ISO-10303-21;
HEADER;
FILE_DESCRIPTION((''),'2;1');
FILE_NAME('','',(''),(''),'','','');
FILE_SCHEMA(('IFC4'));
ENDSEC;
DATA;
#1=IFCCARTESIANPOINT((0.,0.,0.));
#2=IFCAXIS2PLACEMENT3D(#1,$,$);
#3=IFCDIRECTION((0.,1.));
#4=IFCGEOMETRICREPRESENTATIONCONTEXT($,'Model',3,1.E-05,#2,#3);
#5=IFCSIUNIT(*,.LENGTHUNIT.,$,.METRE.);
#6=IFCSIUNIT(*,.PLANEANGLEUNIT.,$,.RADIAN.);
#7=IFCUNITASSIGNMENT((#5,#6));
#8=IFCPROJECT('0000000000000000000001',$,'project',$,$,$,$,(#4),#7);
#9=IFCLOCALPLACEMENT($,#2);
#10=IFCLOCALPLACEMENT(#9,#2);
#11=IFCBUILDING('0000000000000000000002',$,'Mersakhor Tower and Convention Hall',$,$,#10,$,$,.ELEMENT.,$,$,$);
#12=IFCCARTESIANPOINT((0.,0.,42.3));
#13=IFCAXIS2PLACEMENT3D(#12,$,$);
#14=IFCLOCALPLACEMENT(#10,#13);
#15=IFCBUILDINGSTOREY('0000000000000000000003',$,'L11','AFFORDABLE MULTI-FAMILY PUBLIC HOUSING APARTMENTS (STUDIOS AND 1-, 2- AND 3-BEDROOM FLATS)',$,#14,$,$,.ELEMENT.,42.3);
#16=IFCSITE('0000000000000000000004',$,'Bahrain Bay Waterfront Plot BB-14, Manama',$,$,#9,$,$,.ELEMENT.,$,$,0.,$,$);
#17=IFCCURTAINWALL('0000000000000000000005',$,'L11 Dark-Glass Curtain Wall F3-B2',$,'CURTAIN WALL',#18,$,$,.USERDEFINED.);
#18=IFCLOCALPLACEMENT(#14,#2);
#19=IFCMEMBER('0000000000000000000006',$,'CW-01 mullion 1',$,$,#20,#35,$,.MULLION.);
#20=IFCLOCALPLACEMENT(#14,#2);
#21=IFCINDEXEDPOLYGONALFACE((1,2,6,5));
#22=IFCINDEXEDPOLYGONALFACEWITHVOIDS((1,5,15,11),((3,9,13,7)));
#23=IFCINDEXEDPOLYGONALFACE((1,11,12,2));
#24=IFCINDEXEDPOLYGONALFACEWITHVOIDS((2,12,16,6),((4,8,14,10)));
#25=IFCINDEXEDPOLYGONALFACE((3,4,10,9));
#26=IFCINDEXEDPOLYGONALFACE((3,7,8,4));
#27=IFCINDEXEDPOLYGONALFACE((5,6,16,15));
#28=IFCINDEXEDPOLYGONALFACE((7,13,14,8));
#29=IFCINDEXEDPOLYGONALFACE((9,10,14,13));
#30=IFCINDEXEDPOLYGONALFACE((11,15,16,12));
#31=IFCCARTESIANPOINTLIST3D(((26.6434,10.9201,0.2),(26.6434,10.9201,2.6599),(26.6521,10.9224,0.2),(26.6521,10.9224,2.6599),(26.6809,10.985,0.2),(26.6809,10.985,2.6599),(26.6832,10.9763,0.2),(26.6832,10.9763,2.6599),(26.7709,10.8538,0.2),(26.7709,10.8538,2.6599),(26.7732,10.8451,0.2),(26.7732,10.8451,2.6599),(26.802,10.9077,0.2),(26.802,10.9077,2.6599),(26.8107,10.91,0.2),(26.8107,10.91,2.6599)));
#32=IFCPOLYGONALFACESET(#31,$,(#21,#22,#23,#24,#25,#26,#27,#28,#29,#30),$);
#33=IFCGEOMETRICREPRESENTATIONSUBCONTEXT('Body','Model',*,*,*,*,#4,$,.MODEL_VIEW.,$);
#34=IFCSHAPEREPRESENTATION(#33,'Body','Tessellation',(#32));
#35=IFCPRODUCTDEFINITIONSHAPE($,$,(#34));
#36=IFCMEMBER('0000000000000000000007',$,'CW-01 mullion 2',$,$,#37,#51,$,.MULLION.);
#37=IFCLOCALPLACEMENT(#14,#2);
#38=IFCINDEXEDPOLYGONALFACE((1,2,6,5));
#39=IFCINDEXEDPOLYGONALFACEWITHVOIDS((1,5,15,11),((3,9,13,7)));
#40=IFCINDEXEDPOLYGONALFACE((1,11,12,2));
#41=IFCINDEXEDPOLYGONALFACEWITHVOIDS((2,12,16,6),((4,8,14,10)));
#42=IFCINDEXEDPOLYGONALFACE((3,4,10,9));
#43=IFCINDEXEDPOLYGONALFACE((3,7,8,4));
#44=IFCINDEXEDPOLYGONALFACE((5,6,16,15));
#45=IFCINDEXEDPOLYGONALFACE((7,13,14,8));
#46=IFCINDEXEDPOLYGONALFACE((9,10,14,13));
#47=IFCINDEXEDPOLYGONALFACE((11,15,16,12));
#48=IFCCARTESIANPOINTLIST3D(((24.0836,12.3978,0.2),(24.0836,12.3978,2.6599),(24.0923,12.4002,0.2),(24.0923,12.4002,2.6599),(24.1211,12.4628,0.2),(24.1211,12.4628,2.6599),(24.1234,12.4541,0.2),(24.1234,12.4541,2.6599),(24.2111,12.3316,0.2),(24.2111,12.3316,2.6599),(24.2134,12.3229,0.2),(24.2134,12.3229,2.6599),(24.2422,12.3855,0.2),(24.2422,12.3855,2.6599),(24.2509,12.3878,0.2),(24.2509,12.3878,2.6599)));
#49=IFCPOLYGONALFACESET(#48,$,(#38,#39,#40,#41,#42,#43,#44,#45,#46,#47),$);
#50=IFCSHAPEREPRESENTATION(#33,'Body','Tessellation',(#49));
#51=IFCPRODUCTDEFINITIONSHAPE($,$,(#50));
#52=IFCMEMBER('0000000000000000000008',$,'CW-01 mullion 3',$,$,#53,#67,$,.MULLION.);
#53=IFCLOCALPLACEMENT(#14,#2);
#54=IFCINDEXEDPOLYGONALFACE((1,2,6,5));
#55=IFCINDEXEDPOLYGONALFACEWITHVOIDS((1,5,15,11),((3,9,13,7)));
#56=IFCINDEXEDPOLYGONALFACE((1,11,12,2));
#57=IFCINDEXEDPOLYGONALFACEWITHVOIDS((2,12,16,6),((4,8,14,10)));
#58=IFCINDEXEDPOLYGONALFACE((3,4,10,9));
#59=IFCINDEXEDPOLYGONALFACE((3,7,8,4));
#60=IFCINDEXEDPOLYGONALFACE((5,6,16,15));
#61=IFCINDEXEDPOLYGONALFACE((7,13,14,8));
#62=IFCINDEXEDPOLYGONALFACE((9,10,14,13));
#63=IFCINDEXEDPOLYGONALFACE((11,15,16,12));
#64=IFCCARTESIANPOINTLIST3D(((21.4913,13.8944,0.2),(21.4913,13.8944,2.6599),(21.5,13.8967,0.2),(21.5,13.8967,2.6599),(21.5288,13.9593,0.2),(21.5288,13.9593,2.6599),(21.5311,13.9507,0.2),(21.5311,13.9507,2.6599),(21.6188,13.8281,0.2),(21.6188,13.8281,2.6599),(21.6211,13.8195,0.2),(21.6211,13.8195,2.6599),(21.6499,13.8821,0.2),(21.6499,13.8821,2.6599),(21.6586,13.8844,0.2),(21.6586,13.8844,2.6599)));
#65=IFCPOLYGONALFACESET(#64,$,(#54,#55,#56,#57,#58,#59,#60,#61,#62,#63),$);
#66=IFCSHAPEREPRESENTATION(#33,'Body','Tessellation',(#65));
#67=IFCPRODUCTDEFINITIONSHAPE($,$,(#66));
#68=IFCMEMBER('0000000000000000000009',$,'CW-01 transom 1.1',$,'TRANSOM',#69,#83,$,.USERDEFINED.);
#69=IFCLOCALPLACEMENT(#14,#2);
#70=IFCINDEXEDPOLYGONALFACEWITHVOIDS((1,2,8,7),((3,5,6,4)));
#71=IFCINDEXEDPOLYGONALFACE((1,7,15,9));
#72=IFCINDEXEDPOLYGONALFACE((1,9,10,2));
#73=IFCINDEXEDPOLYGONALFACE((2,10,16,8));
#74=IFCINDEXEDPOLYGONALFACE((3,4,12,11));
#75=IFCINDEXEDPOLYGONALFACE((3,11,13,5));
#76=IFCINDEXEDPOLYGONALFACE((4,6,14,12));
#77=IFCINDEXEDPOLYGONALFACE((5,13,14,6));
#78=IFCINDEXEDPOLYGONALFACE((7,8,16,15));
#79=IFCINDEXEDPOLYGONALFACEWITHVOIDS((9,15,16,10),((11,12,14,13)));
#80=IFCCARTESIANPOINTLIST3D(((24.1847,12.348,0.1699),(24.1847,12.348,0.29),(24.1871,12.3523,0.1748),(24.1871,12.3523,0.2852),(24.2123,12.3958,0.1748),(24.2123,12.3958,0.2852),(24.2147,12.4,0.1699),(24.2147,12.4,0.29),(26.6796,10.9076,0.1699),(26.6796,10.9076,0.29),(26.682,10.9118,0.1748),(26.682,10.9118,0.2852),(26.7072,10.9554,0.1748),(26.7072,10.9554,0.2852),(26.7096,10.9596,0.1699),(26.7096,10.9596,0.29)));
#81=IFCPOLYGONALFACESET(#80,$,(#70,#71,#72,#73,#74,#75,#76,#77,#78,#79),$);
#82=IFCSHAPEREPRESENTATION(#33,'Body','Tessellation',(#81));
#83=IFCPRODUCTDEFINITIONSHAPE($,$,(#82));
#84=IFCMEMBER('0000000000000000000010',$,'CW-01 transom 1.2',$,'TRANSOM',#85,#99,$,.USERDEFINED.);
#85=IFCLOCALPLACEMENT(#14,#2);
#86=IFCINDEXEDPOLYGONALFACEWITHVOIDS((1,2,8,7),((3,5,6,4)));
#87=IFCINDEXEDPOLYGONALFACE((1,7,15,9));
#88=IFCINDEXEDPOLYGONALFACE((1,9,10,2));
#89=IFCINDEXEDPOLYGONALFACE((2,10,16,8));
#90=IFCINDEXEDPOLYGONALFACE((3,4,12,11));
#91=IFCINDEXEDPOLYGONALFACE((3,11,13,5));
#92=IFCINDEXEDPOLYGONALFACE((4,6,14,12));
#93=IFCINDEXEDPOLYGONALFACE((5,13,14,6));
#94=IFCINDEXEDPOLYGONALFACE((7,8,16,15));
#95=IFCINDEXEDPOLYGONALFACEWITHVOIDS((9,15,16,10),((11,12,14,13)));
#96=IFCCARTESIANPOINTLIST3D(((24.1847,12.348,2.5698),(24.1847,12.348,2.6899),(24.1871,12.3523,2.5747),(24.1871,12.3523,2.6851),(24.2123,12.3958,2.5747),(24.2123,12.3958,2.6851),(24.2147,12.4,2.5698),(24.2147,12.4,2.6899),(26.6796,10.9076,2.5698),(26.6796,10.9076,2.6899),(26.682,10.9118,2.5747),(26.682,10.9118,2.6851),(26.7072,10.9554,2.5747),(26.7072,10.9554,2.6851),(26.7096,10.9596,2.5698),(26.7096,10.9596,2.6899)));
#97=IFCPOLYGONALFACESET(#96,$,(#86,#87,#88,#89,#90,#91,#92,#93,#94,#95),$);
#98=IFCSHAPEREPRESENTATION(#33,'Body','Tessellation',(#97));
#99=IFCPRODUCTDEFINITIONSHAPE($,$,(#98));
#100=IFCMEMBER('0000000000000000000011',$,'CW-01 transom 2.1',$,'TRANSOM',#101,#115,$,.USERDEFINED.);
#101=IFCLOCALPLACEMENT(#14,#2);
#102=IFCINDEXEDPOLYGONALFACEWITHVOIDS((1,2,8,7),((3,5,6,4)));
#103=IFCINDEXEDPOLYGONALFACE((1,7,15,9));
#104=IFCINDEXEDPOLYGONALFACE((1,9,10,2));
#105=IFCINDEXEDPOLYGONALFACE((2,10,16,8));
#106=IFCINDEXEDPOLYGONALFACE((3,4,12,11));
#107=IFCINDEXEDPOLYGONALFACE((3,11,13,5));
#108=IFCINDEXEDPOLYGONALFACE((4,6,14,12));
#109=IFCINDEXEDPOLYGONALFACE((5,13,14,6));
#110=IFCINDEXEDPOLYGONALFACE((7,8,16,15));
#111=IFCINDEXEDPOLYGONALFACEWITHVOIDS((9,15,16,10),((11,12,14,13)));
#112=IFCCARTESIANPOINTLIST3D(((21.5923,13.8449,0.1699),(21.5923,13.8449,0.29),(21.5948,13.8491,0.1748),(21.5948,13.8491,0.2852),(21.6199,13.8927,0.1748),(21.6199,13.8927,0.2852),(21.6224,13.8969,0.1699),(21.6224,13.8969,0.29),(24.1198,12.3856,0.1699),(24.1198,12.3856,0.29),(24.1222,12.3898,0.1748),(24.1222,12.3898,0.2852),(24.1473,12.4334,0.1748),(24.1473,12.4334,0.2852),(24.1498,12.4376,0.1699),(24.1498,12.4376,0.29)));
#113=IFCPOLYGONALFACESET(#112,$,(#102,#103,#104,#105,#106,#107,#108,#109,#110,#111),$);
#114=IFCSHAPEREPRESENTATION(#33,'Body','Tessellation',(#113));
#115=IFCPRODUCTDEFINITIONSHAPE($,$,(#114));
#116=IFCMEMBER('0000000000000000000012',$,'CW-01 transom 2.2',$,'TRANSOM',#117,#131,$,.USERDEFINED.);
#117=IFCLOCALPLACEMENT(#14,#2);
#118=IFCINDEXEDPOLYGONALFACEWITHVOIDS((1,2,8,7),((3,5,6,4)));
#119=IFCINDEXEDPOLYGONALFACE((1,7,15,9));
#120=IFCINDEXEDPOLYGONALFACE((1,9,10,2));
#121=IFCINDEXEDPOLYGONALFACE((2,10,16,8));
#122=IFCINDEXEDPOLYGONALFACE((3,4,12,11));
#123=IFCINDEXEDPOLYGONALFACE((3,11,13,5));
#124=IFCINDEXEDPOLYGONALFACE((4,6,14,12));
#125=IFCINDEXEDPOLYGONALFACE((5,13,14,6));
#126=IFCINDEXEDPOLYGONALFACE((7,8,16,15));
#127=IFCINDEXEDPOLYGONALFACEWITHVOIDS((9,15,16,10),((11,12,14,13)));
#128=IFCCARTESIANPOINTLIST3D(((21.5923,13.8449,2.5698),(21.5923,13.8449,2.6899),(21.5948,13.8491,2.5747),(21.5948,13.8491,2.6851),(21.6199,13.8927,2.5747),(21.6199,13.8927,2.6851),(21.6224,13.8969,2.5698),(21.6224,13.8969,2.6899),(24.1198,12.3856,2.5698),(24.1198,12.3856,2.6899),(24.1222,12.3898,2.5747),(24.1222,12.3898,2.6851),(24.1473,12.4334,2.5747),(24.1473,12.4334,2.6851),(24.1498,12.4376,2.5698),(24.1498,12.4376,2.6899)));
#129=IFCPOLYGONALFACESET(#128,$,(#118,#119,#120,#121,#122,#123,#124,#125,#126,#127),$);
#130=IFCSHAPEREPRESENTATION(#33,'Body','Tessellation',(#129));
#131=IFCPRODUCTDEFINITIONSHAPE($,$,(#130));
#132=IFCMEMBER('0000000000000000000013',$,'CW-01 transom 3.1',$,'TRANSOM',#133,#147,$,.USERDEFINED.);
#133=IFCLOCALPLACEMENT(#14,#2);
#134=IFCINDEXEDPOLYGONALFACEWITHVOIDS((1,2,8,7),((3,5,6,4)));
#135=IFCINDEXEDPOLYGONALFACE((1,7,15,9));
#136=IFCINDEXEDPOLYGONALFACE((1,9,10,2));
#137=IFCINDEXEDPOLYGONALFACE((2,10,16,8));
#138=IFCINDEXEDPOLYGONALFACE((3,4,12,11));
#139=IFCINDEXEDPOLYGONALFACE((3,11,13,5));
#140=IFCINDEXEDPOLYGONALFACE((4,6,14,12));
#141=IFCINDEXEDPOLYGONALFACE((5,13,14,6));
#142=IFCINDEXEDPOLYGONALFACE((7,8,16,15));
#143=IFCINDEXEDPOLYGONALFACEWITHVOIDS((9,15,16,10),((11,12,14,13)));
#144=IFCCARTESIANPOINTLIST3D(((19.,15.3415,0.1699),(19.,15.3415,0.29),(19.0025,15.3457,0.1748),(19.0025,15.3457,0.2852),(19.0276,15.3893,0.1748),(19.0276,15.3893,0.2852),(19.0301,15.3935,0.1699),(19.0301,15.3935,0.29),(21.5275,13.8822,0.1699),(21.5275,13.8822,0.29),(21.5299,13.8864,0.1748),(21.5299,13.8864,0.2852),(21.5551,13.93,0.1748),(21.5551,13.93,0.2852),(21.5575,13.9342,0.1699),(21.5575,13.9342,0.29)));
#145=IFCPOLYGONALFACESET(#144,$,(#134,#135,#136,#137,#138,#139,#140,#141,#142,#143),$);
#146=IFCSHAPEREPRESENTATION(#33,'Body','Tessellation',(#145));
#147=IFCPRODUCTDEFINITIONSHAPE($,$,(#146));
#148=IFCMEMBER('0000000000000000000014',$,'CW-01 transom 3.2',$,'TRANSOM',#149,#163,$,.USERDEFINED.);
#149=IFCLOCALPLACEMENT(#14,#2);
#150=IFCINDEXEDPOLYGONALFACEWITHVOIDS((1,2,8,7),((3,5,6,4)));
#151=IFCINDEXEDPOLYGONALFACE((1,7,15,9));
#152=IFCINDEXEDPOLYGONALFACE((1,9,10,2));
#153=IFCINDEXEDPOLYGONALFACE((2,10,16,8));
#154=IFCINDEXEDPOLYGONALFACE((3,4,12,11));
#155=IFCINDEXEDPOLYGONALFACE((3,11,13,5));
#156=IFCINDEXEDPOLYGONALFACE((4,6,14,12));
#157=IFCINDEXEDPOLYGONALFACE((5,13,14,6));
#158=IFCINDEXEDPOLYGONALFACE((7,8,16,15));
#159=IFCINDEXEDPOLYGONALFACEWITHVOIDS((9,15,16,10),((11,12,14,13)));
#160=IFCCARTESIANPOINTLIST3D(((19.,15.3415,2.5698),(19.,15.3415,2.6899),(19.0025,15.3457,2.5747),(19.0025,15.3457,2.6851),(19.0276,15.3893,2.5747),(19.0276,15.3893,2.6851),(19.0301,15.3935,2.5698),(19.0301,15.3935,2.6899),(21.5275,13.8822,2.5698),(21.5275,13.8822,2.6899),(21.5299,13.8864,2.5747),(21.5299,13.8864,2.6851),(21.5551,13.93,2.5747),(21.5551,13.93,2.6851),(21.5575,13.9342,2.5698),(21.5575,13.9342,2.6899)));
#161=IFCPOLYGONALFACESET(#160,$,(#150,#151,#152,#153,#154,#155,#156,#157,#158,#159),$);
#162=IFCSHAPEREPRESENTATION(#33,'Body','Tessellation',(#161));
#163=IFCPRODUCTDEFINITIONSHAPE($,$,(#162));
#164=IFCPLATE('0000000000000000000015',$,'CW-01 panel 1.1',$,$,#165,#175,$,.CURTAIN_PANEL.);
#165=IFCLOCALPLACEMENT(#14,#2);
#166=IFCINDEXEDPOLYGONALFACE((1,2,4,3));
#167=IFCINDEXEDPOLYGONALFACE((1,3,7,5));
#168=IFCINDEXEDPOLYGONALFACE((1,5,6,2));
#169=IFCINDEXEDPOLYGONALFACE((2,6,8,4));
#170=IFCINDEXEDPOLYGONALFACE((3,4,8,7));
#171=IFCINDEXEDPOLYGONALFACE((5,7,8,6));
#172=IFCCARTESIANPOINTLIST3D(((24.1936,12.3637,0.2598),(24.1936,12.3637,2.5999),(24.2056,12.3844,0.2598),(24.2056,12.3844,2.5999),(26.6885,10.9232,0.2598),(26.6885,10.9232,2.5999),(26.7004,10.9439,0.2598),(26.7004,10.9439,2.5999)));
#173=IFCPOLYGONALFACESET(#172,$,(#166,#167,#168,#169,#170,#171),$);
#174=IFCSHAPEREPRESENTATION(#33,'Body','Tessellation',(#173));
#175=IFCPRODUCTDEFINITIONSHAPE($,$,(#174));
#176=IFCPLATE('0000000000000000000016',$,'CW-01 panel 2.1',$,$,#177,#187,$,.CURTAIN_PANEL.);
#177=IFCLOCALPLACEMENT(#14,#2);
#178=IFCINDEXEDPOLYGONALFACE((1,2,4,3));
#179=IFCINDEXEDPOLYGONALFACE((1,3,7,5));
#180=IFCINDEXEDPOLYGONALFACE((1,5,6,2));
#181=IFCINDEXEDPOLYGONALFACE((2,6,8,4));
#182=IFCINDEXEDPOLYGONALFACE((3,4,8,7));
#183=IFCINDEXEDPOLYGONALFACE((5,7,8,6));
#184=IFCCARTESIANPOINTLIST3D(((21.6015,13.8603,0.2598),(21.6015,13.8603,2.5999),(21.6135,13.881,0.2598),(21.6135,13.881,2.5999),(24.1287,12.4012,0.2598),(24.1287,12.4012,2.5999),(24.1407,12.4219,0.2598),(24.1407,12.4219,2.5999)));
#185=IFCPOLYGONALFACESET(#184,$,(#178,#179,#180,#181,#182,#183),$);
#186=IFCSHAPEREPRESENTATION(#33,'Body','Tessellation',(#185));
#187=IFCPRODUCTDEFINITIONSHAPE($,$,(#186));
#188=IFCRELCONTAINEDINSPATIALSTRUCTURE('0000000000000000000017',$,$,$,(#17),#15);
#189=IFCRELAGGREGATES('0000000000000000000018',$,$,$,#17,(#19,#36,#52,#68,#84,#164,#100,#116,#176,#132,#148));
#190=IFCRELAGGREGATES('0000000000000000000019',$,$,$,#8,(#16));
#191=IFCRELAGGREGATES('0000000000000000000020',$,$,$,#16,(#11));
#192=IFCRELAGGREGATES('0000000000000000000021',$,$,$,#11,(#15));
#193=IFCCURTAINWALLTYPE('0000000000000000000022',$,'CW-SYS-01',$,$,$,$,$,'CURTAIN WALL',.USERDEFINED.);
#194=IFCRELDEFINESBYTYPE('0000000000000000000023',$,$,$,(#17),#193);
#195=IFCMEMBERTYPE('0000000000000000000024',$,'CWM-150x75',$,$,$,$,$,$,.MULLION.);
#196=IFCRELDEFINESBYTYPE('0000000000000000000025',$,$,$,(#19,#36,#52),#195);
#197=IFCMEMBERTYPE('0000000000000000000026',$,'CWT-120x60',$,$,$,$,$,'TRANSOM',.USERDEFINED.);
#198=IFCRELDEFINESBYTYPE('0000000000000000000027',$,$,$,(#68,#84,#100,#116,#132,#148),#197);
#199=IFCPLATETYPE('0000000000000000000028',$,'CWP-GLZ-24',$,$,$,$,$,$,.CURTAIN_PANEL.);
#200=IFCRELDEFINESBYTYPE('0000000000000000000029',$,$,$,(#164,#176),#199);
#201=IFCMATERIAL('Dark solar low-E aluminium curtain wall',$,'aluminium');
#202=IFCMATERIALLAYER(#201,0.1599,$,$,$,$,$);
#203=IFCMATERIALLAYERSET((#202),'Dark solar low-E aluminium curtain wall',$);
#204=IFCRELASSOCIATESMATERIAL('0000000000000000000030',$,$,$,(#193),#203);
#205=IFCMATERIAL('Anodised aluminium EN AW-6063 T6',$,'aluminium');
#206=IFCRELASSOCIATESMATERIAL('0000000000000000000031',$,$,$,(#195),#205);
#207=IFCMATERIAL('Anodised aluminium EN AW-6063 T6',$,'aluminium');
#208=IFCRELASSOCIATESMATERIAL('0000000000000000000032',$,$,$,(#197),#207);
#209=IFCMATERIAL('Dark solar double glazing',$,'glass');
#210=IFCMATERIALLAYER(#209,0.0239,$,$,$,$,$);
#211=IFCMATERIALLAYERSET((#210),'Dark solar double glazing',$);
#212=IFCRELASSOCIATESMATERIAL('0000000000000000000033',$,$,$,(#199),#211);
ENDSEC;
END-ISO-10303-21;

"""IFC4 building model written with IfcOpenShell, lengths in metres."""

from ifc_helpers import new_model, si_unit, direction, frame, origin, origin_2d, place, context, subcontext, project, spatial, rectangle, hollow_rectangle, extrude, material, layer, layer_set, material_profile, profile_set, type_object, element, aggregate, save


model = new_model("IFC4")

# Units and contexts
model_context = context("Model", 3, precision=1e-05, world=origin(), true_north=direction((0.0, 1.0)))
body_context = subcontext(model_context, "Body", "Model", "MODEL_VIEW")
ifc_project = project(units=[si_unit("LENGTHUNIT", "METRE"), si_unit("PLANEANGLEUNIT", "RADIAN")], contexts=[model_context])

# Site, building, storey
site_placement = place(None, origin())
site = spatial("IfcSite", under=ifc_project, at=site_placement, Name="Bahrain Bay Waterfront Plot BB-14, Manama", CompositionType="ELEMENT", RefElevation=0.0)
building_placement = place(site_placement, origin())
building = spatial("IfcBuilding", under=site, at=building_placement, Name="Mersakhor Tower and Convention Hall", CompositionType="ELEMENT")
storey_placement = place(building_placement, frame((0.0, 0.0, 42.3)))
storey = spatial("IfcBuildingStorey", under=building, at=storey_placement, Name="L11", Description="AFFORDABLE MULTI-FAMILY PUBLIC HOUSING APARTMENTS (STUDIOS AND 1-, 2- AND 3-BEDROOM FLATS)", CompositionType="ELEMENT", Elevation=42.3)

# Curtain wall, members, plates
ifc_material_1 = material(Name="Dark solar low-E aluminium curtain wall", Category="aluminium")
ifc_layer_1 = layer(ifc_material_1, 0.1599)
ifc_layer_set_1 = layer_set([ifc_layer_1], Name="Dark solar low-E aluminium curtain wall")
curtain_wall_type = type_object("IfcCurtainWallType", Name="CW-SYS-01", ElementType="CURTAIN WALL", PredefinedType="USERDEFINED", material=ifc_layer_set_1)
curtain_wall_placement = place(storey_placement, origin())
curtain_wall = element("IfcCurtainWall", 1, at=curtain_wall_placement, inside=storey, type_object=curtain_wall_type, Name="L11 Dark-Glass Curtain Wall F3-B2", ObjectType="CURTAIN WALL", PredefinedType="USERDEFINED")
ifc_material_2 = material(Name="Anodised aluminium EN AW-6063 T6", Category="aluminium")
ifc_material_profile_1 = material_profile(ifc_material_2, hollow_rectangle(XDim=0.075, YDim=0.1499, WallThickness=0.0063, at=origin_2d()), Name="RHS 150x75x6.3")
ifc_profile_set_1 = profile_set([ifc_material_profile_1], Name="Anodised aluminium EN AW-6063 T6")
member_type_1 = type_object("IfcMemberType", Name="CWM-150x75", PredefinedType="MULLION", material=ifc_profile_set_1)
member_1_placement = place(storey_placement, frame((26.7271, 10.915, 0.2), z_axis=(0.0, 0.0, 1.0), x_axis=(-0.500003, -0.866023, 0.0)))
member_1 = element("IfcMember", 2, at=member_1_placement, type_object=member_type_1, Name="CW-01 mullion 1", PredefinedType="MULLION", context=body_context, shape_type="SweptSolid", body=[
    extrude(hollow_rectangle(XDim=0.075, YDim=0.1499, WallThickness=0.0063, at=origin_2d()), origin(), (0.0, 0.0, 1.0), 2.46),
])
member_2_placement = place(storey_placement, frame((24.1672, 12.3928, 0.2), z_axis=(0.0, 0.0, 1.0), x_axis=(-0.500003, -0.866023, 0.0)))
member_2 = element("IfcMember", 3, at=member_2_placement, type_object=member_type_1, Name="CW-01 mullion 2", PredefinedType="MULLION", context=body_context, shape_type="SweptSolid", body=[
    extrude(hollow_rectangle(XDim=0.075, YDim=0.1499, WallThickness=0.0063, at=origin_2d()), origin(), (0.0, 0.0, 1.0), 2.46),
])
member_3_placement = place(storey_placement, frame((21.575, 13.8894, 0.2), z_axis=(0.0, 0.0, 1.0), x_axis=(-0.500003, -0.866023, 0.0)))
member_3 = element("IfcMember", 4, at=member_3_placement, type_object=member_type_1, Name="CW-01 mullion 3", PredefinedType="MULLION", context=body_context, shape_type="SweptSolid", body=[
    extrude(hollow_rectangle(XDim=0.075, YDim=0.1499, WallThickness=0.0063, at=origin_2d()), origin(), (0.0, 0.0, 1.0), 2.46),
])
ifc_material_3 = material(Name="Anodised aluminium EN AW-6063 T6", Category="aluminium")
ifc_material_profile_2 = material_profile(ifc_material_3, hollow_rectangle(XDim=0.0601, YDim=0.1201, WallThickness=0.0049, at=origin_2d()), Name="RHS 120x60x5")
ifc_profile_set_2 = profile_set([ifc_material_profile_2], Name="Anodised aluminium EN AW-6063 T6")
member_type_2 = type_object("IfcMemberType", Name="CWT-120x60", ElementType="TRANSOM", PredefinedType="USERDEFINED", material=ifc_profile_set_2)
member_4_placement = place(storey_placement, frame((26.6946, 10.9336, 0.23), z_axis=(-0.866023, 0.500004, 0.0), x_axis=(-0.500004, -0.866023, 0.0)))
member_4 = element("IfcMember", 5, at=member_4_placement, type_object=member_type_2, Name="CW-01 transom 1.1", ObjectType="TRANSOM", PredefinedType="USERDEFINED", context=body_context, shape_type="SweptSolid", body=[
    extrude(hollow_rectangle(XDim=0.0601, YDim=0.1201, WallThickness=0.0049, at=origin_2d()), origin(), (0.0, 0.0, 1.0), 2.8809),
])
member_5_placement = place(storey_placement, frame((26.6946, 10.9336, 2.6299), z_axis=(-0.866023, 0.500004, 0.0), x_axis=(-0.500004, -0.866023, 0.0)))
member_5 = element("IfcMember", 6, at=member_5_placement, type_object=member_type_2, Name="CW-01 transom 1.2", ObjectType="TRANSOM", PredefinedType="USERDEFINED", context=body_context, shape_type="SweptSolid", body=[
    extrude(hollow_rectangle(XDim=0.0601, YDim=0.1201, WallThickness=0.0049, at=origin_2d()), origin(), (0.0, 0.0, 1.0), 2.8809),
])
member_6_placement = place(storey_placement, frame((24.1348, 12.4116, 0.23), z_axis=(-0.866016, 0.500017, 0.0), x_axis=(-0.500017, -0.866016, 0.0)))
member_6 = element("IfcMember", 7, at=member_6_placement, type_object=member_type_2, Name="CW-01 transom 2.1", ObjectType="TRANSOM", PredefinedType="USERDEFINED", context=body_context, shape_type="SweptSolid", body=[
    extrude(hollow_rectangle(XDim=0.0601, YDim=0.1201, WallThickness=0.0049, at=origin_2d()), origin(), (0.0, 0.0, 1.0), 2.9185),
])
member_7_placement = place(storey_placement, frame((24.1348, 12.4116, 2.6299), z_axis=(-0.866016, 0.500017, 0.0), x_axis=(-0.500017, -0.866016, 0.0)))
member_7 = element("IfcMember", 8, at=member_7_placement, type_object=member_type_2, Name="CW-01 transom 2.2", ObjectType="TRANSOM", PredefinedType="USERDEFINED", context=body_context, shape_type="SweptSolid", body=[
    extrude(hollow_rectangle(XDim=0.0601, YDim=0.1201, WallThickness=0.0049, at=origin_2d()), origin(), (0.0, 0.0, 1.0), 2.9185),
])
member_8_placement = place(storey_placement, frame((21.5425, 13.9082, 0.23), z_axis=(-0.866016, 0.500017, 0.0), x_axis=(-0.500017, -0.866016, 0.0)))
member_8 = element("IfcMember", 9, at=member_8_placement, type_object=member_type_2, Name="CW-01 transom 3.1", ObjectType="TRANSOM", PredefinedType="USERDEFINED", context=body_context, shape_type="SweptSolid", body=[
    extrude(hollow_rectangle(XDim=0.0601, YDim=0.1201, WallThickness=0.0049, at=origin_2d()), origin(), (0.0, 0.0, 1.0), 2.9185),
])
member_9_placement = place(storey_placement, frame((21.5425, 13.9082, 2.6299), z_axis=(-0.866016, 0.500017, 0.0), x_axis=(-0.500017, -0.866016, 0.0)))
member_9 = element("IfcMember", 10, at=member_9_placement, type_object=member_type_2, Name="CW-01 transom 3.2", ObjectType="TRANSOM", PredefinedType="USERDEFINED", context=body_context, shape_type="SweptSolid", body=[
    extrude(hollow_rectangle(XDim=0.0601, YDim=0.1201, WallThickness=0.0049, at=origin_2d()), origin(), (0.0, 0.0, 1.0), 2.9185),
])
ifc_material_4 = material(Name="Dark solar double glazing", Category="glass")
ifc_layer_2 = layer(ifc_material_4, 0.0239)
ifc_layer_set_2 = layer_set([ifc_layer_2], Name="Dark solar double glazing")
plate_type_1 = type_object("IfcPlateType", Name="CWP-GLZ-24", PredefinedType="CURTAIN_PANEL", material=ifc_layer_set_2)
plate_1_placement = place(storey_placement, frame((25.447, 11.6538, 0.2598), z_axis=(0.0, 0.0, 1.0), x_axis=(-0.866023, 0.500003, 0.0)))
plate_1 = element("IfcPlate", 11, at=plate_1_placement, type_object=plate_type_1, Name="CW-01 panel 1.1", PredefinedType="CURTAIN_PANEL", context=body_context, shape_type="SweptSolid", body=[
    extrude(rectangle(XDim=2.8809, YDim=0.0239, at=origin_2d()), origin(), (0.0, 0.0, 1.0), 2.3401),
])
plate_2_placement = place(storey_placement, frame((22.8711, 13.1411, 0.2598), z_axis=(0.0, 0.0, 1.0), x_axis=(-0.866023, 0.500003, 0.0)))
plate_2 = element("IfcPlate", 12, at=plate_2_placement, type_object=plate_type_1, Name="CW-01 panel 2.1", PredefinedType="CURTAIN_PANEL", context=body_context, shape_type="SweptSolid", body=[
    extrude(rectangle(XDim=2.9182, YDim=0.0239, at=origin_2d()), origin(), (0.0, 0.0, 1.0), 2.3401),
])
aggregate(curtain_wall, [member_1, member_2, member_3, member_4, member_5, plate_1, member_6, member_7, plate_2, member_8, member_9])

save(model, "model.ifc")
